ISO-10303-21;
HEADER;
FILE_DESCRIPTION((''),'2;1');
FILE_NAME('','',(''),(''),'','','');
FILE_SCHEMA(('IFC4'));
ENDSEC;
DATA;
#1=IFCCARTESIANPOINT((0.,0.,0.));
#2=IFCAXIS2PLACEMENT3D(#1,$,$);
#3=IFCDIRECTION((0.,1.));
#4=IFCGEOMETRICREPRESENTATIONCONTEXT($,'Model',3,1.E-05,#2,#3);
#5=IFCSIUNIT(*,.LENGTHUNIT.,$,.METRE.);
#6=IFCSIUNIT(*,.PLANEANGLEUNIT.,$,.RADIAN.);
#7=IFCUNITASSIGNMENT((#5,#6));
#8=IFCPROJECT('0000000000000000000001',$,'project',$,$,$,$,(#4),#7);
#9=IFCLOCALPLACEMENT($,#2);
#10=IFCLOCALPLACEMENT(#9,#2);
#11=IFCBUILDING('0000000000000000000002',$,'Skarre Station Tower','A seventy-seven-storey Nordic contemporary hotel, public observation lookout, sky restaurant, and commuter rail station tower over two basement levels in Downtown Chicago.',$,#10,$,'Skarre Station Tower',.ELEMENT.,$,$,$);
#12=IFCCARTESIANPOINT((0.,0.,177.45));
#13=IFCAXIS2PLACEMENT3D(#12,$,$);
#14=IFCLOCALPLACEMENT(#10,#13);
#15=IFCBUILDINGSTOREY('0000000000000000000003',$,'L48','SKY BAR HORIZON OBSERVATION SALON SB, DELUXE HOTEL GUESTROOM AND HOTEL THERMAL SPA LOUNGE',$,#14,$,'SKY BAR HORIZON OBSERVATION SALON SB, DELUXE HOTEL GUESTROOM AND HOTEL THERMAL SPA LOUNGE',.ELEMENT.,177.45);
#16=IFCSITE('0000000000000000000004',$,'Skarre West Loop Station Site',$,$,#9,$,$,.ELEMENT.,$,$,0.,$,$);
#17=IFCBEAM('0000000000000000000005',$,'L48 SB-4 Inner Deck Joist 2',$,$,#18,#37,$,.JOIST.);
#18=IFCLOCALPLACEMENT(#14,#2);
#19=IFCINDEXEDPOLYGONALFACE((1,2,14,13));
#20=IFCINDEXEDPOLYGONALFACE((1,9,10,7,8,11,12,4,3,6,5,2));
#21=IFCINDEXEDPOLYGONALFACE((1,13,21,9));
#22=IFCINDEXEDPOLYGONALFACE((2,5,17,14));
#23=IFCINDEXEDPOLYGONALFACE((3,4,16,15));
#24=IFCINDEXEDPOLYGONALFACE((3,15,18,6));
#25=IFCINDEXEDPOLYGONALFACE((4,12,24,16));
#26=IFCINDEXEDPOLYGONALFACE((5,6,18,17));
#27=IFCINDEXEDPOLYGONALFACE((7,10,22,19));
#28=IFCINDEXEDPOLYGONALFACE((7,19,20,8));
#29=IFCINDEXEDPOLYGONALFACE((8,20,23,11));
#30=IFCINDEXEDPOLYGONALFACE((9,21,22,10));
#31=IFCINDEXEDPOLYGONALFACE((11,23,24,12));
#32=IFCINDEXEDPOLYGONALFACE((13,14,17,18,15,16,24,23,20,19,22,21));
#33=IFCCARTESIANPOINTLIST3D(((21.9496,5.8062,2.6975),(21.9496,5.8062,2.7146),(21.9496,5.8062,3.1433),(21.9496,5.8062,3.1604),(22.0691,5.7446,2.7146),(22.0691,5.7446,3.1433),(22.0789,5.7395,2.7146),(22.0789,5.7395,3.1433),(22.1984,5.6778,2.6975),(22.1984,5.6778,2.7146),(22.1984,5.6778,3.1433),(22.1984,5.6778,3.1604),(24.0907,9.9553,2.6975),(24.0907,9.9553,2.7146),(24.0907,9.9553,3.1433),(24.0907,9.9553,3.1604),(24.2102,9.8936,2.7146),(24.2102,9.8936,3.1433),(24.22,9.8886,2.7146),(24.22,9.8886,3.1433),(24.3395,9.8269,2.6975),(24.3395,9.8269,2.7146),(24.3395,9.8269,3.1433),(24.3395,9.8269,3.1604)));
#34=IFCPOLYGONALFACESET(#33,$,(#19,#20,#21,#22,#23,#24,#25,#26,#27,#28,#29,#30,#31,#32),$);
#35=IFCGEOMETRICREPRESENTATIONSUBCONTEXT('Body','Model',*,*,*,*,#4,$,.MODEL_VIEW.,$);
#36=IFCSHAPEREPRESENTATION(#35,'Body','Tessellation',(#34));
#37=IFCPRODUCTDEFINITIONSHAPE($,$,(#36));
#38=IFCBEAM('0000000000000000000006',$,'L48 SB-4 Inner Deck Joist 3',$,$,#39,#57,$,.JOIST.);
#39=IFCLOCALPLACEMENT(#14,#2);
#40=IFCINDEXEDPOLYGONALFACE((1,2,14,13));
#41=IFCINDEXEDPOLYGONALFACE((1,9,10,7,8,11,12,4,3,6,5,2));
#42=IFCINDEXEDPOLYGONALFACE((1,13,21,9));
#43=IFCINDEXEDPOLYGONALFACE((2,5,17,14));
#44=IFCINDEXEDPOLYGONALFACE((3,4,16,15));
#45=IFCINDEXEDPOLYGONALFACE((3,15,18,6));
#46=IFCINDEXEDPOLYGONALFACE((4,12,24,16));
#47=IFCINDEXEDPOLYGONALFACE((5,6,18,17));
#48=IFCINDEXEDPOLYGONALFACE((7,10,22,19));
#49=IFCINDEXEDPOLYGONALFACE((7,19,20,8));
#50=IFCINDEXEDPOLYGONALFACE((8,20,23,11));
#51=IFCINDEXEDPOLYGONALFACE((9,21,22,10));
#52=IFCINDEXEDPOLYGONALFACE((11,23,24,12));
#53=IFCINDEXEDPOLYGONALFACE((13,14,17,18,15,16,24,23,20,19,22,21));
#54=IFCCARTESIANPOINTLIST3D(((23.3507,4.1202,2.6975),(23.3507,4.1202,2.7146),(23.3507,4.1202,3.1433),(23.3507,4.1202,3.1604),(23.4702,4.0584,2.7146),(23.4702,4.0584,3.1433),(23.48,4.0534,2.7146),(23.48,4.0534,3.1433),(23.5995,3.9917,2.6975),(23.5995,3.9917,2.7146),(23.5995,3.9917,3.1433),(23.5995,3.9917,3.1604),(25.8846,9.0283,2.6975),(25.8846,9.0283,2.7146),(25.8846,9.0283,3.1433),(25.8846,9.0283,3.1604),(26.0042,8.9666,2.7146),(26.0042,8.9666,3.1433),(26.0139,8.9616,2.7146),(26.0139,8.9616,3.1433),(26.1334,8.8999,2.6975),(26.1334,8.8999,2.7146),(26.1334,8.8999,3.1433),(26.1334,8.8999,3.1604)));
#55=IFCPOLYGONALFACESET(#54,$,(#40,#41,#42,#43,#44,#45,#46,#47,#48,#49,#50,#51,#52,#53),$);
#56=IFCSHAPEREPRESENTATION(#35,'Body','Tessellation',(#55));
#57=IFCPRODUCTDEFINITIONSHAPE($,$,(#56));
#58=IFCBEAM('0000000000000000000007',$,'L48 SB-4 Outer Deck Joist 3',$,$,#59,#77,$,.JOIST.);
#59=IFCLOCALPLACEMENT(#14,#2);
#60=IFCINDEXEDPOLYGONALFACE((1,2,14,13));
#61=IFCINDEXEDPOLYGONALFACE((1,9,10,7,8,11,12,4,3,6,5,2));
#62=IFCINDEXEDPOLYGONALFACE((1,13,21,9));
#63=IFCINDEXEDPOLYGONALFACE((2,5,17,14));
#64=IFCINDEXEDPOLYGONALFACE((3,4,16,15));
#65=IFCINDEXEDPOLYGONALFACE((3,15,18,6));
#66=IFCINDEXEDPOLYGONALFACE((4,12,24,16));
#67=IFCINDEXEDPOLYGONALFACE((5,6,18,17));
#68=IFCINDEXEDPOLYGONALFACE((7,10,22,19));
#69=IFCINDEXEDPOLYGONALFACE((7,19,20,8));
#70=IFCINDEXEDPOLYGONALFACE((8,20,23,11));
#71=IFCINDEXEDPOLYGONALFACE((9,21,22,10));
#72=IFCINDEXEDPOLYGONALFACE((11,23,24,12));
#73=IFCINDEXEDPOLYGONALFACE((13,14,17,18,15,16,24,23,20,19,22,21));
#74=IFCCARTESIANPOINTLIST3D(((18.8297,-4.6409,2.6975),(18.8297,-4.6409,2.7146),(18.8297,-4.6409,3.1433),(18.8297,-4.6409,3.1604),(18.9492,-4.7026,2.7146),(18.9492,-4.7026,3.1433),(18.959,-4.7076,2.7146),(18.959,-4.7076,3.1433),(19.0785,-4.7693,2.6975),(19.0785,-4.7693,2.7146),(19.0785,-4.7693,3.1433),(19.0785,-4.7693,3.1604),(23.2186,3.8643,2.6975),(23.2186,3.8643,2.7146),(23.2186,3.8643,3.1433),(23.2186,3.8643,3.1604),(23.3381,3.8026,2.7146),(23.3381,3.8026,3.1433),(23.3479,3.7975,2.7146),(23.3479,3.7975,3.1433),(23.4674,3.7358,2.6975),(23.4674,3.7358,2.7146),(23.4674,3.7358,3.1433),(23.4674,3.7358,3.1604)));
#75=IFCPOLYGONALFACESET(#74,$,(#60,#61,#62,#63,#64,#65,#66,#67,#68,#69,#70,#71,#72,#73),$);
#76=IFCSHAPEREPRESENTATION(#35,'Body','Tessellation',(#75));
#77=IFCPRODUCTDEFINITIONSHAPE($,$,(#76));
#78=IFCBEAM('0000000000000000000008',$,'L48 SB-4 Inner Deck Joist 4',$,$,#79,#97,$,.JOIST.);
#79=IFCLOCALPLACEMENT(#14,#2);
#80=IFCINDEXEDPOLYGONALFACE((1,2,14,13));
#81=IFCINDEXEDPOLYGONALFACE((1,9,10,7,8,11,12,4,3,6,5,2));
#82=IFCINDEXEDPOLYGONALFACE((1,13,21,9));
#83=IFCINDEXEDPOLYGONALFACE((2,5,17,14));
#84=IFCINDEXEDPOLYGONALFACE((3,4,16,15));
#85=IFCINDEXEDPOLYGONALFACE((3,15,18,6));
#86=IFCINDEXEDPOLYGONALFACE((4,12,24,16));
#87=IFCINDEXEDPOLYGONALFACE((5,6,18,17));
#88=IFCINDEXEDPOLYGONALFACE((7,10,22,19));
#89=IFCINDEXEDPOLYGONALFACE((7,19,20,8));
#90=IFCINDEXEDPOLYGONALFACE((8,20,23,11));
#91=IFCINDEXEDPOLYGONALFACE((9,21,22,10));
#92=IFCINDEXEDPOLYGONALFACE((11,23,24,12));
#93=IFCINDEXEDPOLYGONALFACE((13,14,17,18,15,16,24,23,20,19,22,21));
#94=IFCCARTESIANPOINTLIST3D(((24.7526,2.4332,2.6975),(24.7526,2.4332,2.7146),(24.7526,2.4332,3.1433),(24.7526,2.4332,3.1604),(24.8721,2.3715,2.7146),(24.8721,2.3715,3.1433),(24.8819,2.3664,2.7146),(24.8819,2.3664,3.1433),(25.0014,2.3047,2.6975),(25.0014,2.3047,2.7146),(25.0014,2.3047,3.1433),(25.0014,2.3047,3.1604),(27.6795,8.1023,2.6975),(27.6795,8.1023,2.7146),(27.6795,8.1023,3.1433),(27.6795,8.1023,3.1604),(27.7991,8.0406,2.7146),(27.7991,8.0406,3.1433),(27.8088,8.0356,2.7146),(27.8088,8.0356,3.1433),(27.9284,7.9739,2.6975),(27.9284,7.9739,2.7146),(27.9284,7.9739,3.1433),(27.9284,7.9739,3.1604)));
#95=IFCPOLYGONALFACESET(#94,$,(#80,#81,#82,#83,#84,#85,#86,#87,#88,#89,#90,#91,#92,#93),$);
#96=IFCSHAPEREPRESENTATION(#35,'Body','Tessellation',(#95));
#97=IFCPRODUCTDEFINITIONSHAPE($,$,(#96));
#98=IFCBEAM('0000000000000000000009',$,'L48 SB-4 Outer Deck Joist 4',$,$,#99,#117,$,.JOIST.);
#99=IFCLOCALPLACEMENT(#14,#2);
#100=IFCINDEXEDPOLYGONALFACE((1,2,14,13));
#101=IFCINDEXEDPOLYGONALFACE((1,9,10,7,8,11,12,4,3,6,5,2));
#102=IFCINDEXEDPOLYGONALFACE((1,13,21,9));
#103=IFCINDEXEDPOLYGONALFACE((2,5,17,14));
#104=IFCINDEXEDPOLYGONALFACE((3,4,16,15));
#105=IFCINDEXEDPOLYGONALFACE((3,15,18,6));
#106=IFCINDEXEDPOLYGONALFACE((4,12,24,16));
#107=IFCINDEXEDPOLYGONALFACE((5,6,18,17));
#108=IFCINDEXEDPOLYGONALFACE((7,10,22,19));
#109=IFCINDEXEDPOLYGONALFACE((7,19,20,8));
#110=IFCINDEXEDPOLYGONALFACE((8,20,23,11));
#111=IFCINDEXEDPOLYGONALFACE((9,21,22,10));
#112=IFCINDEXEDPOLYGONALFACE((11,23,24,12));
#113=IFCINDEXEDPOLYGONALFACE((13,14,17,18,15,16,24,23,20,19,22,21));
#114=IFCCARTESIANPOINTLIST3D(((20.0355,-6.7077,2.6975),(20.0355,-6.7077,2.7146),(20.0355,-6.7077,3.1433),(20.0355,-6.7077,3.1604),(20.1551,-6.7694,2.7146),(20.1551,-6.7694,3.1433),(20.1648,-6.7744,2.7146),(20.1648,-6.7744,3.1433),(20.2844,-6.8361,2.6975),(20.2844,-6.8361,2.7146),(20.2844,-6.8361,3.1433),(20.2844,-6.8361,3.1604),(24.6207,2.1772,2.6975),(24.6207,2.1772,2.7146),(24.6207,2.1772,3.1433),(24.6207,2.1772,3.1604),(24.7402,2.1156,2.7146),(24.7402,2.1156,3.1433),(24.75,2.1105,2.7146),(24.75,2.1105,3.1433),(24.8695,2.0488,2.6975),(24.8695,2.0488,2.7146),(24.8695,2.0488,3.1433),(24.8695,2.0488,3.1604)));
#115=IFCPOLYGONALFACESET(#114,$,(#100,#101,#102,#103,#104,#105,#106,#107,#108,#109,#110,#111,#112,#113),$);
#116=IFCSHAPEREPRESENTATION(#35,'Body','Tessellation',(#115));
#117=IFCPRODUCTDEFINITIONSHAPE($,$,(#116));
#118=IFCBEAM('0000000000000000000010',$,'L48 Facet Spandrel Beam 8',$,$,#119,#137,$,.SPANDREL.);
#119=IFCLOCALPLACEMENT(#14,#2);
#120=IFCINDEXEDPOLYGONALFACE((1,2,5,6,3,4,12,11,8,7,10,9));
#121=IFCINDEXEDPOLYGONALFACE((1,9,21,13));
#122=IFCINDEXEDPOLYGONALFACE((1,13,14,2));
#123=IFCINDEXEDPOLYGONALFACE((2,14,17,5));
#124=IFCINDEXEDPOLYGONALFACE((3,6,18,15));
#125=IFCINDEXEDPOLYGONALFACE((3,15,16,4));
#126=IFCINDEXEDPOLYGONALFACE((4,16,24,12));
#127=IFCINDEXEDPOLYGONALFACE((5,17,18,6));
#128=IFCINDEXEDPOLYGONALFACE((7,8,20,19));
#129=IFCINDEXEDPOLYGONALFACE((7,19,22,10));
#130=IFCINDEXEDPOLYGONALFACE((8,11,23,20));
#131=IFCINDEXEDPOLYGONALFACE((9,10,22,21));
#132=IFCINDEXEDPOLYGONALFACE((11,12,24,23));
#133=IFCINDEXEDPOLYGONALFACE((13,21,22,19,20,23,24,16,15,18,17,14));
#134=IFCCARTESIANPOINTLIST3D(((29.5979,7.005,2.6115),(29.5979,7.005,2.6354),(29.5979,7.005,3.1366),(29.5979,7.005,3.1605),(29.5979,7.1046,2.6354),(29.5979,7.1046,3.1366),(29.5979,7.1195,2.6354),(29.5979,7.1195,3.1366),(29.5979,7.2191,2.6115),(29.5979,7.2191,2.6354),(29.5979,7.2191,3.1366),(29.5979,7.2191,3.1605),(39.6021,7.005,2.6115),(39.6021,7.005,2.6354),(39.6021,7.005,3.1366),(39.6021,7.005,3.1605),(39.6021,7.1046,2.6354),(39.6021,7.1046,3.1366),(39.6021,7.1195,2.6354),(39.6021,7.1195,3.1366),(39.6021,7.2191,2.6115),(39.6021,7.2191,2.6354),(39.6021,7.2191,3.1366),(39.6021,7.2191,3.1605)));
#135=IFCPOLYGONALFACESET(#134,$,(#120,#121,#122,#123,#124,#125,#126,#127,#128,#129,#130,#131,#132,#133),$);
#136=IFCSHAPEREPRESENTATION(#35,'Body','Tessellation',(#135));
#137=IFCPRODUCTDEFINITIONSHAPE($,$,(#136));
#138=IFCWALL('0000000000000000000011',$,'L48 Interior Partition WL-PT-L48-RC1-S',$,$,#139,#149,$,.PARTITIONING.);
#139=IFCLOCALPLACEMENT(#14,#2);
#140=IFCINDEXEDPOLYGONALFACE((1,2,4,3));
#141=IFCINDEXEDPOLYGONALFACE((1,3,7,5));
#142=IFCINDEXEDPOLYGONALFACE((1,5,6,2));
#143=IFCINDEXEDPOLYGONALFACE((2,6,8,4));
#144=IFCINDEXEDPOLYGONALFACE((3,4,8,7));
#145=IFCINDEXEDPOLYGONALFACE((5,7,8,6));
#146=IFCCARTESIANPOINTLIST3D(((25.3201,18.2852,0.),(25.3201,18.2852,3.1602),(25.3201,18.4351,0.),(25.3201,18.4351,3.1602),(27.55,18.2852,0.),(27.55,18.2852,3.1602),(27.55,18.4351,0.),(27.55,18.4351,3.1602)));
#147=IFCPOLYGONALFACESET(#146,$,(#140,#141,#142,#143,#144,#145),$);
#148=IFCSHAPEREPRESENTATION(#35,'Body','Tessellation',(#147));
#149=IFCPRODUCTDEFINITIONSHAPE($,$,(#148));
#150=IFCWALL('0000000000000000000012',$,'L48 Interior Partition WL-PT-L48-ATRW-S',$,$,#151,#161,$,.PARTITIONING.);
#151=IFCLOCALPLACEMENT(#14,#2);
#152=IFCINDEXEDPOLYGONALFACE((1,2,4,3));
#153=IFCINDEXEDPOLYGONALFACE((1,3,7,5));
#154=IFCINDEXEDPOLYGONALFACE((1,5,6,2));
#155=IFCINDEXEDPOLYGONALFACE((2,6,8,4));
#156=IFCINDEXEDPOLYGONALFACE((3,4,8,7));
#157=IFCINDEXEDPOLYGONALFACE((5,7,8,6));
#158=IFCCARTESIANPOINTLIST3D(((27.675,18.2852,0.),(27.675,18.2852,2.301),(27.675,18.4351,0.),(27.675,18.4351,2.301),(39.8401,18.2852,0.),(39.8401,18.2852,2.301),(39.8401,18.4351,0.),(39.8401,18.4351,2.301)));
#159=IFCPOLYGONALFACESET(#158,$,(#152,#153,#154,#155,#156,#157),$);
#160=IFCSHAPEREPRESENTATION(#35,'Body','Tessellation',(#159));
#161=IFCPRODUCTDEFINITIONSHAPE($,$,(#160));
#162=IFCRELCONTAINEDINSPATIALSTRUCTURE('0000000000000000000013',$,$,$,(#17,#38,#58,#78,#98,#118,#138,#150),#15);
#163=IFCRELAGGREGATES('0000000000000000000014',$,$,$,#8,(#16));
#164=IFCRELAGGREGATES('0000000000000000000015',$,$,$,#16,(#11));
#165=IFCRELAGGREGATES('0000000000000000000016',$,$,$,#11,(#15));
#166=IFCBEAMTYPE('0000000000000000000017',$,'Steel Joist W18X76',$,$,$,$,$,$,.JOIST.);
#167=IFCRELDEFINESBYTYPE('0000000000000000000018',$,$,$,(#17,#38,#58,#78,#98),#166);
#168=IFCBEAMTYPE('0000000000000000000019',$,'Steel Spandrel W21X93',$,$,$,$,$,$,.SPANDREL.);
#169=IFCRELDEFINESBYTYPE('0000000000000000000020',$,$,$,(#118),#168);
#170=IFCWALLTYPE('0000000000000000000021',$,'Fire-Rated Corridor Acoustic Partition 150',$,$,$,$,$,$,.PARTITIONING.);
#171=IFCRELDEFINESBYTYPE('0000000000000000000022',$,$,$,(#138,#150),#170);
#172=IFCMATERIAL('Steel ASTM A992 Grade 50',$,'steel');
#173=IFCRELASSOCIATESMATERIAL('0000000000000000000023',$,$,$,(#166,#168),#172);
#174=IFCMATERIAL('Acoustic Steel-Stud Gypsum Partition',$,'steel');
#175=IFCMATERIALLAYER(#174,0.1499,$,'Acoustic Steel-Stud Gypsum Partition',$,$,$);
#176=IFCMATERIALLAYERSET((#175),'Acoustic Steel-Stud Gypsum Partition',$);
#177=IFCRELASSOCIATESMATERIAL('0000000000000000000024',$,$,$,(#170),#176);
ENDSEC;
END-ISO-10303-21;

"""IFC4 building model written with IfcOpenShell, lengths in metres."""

from ifc_helpers import new_model, si_unit, direction, frame, frame_2d, origin, origin_2d, place, context, subcontext, project, spatial, rectangle, i_section, extrude, material, layer, layer_set, material_profile, profile_set, type_object, element, save


model = new_model("IFC4")

# Units and contexts
model_context = context("Model", 3, precision=1e-05, world=origin(), true_north=direction((0.0, 1.0)))
body_context = subcontext(model_context, "Body", "Model", "MODEL_VIEW")
ifc_project = project(units=[si_unit("LENGTHUNIT", "METRE"), si_unit("PLANEANGLEUNIT", "RADIAN")], contexts=[model_context])

# Site, building, storey
site_placement = place(None, origin())
site = spatial("IfcSite", under=ifc_project, at=site_placement, Name="Skarre West Loop Station Site", CompositionType="ELEMENT", RefElevation=0.0)
building_placement = place(site_placement, origin())
building = spatial("IfcBuilding", under=site, at=building_placement, Name="Skarre Station Tower", Description="A seventy-seven-storey Nordic contemporary hotel, public observation lookout, sky restaurant, and commuter rail station tower over two basement levels in Downtown Chicago.", LongName="Skarre Station Tower", CompositionType="ELEMENT")
storey_placement = place(building_placement, frame((0.0, 0.0, 177.45)))
storey = spatial("IfcBuildingStorey", under=building, at=storey_placement, Name="L48", Description="SKY BAR HORIZON OBSERVATION SALON SB, DELUXE HOTEL GUESTROOM AND HOTEL THERMAL SPA LOUNGE", LongName="SKY BAR HORIZON OBSERVATION SALON SB, DELUXE HOTEL GUESTROOM AND HOTEL THERMAL SPA LOUNGE", CompositionType="ELEMENT", Elevation=177.45)

# Beams
ifc_material_1 = material(Name="Steel ASTM A992 Grade 50", Category="steel")
ifc_material_profile_1 = material_profile(ifc_material_1, i_section(OverallWidth=0.28, OverallDepth=0.4629, WebThickness=0.011, FlangeThickness=0.0171, at=origin_2d()), Name="Steel ASTM A992 Grade 50")
ifc_profile_set_1 = profile_set([ifc_material_profile_1], Name="Steel ASTM A992 Grade 50")
beam_type_1 = type_object("IfcBeamType", Name="Steel Joist W18X76", PredefinedType="JOIST", material=ifc_profile_set_1)
beam_1_placement = place(storey_placement, frame((24.2151, 9.8911, 2.929), z_axis=(-0.458576, -0.888655, 0.0), x_axis=(0.888655, -0.458576, 0.0)))
element("IfcBeam", 1, at=beam_1_placement, inside=storey, type_object=beam_type_1, Name="L48 SB-4 Inner Deck Joist 2", PredefinedType="JOIST", context=body_context, shape_type="SweptSolid", body=[
    extrude(i_section(OverallWidth=0.28, OverallDepth=0.4629, WebThickness=0.011, FlangeThickness=0.0171, at=origin_2d()), origin(), (0.0, 0.0, 1.0), 4.6689),
])
beam_2_placement = place(storey_placement, frame((26.009, 8.9641, 2.929), z_axis=(-0.458739, -0.888571, 0.0), x_axis=(0.888571, -0.458739, 0.0)))
element("IfcBeam", 2, at=beam_2_placement, inside=storey, type_object=beam_type_1, Name="L48 SB-4 Inner Deck Joist 3", PredefinedType="JOIST", context=body_context, shape_type="SweptSolid", body=[
    extrude(i_section(OverallWidth=0.28, OverallDepth=0.4629, WebThickness=0.011, FlangeThickness=0.0171, at=origin_2d()), origin(), (0.0, 0.0, 1.0), 5.5237),
])
beam_3_placement = place(storey_placement, frame((23.343, 3.8, 2.929), z_axis=(-0.458575, -0.888656, 0.0), x_axis=(0.888656, -0.458575, 0.0)))
element("IfcBeam", 3, at=beam_3_placement, inside=storey, type_object=beam_type_1, Name="L48 SB-4 Outer Deck Joist 3", PredefinedType="JOIST", context=body_context, shape_type="SweptSolid", body=[
    extrude(i_section(OverallWidth=0.28, OverallDepth=0.4629, WebThickness=0.011, FlangeThickness=0.0171, at=origin_2d()), origin(), (0.0, 0.0, 1.0), 9.5708),
])
beam_4_placement = place(storey_placement, frame((27.804, 8.0381, 2.929), z_axis=(-0.458763, -0.888559, 0.0), x_axis=(0.888559, -0.458763, 0.0)))
element("IfcBeam", 4, at=beam_4_placement, inside=storey, type_object=beam_type_1, Name="L48 SB-4 Inner Deck Joist 4", PredefinedType="JOIST", context=body_context, shape_type="SweptSolid", body=[
    extrude(i_section(OverallWidth=0.28, OverallDepth=0.4629, WebThickness=0.011, FlangeThickness=0.0171, at=origin_2d()), origin(), (0.0, 0.0, 1.0), 6.3801),
])
beam_5_placement = place(storey_placement, frame((24.7451, 2.113, 2.929), z_axis=(-0.458595, -0.888645, 0.0), x_axis=(0.888645, -0.458595, 0.0)))
element("IfcBeam", 5, at=beam_5_placement, inside=storey, type_object=beam_type_1, Name="L48 SB-4 Outer Deck Joist 4", PredefinedType="JOIST", context=body_context, shape_type="SweptSolid", body=[
    extrude(i_section(OverallWidth=0.28, OverallDepth=0.4629, WebThickness=0.011, FlangeThickness=0.0171, at=origin_2d()), origin(), (0.0, 0.0, 1.0), 9.9983),
])
ifc_material_profile_2 = material_profile(ifc_material_1, i_section(OverallWidth=0.2141, OverallDepth=0.5491, WebThickness=0.0149, FlangeThickness=0.0239, at=origin_2d()), Name="Steel ASTM A992 Grade 50")
ifc_profile_set_2 = profile_set([ifc_material_profile_2], Name="Steel ASTM A992 Grade 50")
beam_type_2 = type_object("IfcBeamType", Name="Steel Spandrel W21X93", PredefinedType="SPANDREL", material=ifc_profile_set_2)
beam_6_placement = place(storey_placement, frame((29.5979, 7.1121, 2.886), z_axis=(1.0, 0.0, 0.0), x_axis=(0.0, 1.0, 0.0)))
element("IfcBeam", 6, at=beam_6_placement, inside=storey, type_object=beam_type_2, Name="L48 Facet Spandrel Beam 8", PredefinedType="SPANDREL", context=body_context, shape_type="SweptSolid", body=[
    extrude(i_section(OverallWidth=0.2141, OverallDepth=0.5491, WebThickness=0.0149, FlangeThickness=0.0239, at=origin_2d()), origin(), (0.0, 0.0, 1.0), 10.0042),
])

# Walls
ifc_material_2 = material(Name="Acoustic Steel-Stud Gypsum Partition", Category="steel")
ifc_layer_1 = layer(ifc_material_2, 0.1499, Name="Acoustic Steel-Stud Gypsum Partition")
ifc_layer_set_1 = layer_set([ifc_layer_1], Name="Acoustic Steel-Stud Gypsum Partition")
wall_type_1 = type_object("IfcWallType", Name="Fire-Rated Corridor Acoustic Partition 150", PredefinedType="PARTITIONING", material=ifc_layer_set_1)
wall_1_placement = place(storey_placement, frame((25.3201, 18.3601, 0.0), z_axis=(0.0, 0.0, 1.0), x_axis=(1.0, 0.0, 0.0)))
element("IfcWall", 7, at=wall_1_placement, inside=storey, type_object=wall_type_1, Name="L48 Interior Partition WL-PT-L48-RC1-S", PredefinedType="PARTITIONING", context=body_context, shape_type="SweptSolid", body=[
    extrude(rectangle(XDim=2.23, YDim=0.1499, at=frame_2d((1.115, 0.0))), origin(), (0.0, 0.0, 1.0), 3.1602),
])
wall_2_placement = place(storey_placement, frame((27.675, 18.3601, 0.0), z_axis=(0.0, 0.0, 1.0), x_axis=(1.0, 0.0, 0.0)))
element("IfcWall", 8, at=wall_2_placement, inside=storey, type_object=wall_type_1, Name="L48 Interior Partition WL-PT-L48-ATRW-S", PredefinedType="PARTITIONING", context=body_context, shape_type="SweptSolid", body=[
    extrude(rectangle(XDim=12.165, YDim=0.1499, at=frame_2d((6.0825, 0.0))), origin(), (0.0, 0.0, 1.0), 2.301),
])

save(model, "model.ifc")
